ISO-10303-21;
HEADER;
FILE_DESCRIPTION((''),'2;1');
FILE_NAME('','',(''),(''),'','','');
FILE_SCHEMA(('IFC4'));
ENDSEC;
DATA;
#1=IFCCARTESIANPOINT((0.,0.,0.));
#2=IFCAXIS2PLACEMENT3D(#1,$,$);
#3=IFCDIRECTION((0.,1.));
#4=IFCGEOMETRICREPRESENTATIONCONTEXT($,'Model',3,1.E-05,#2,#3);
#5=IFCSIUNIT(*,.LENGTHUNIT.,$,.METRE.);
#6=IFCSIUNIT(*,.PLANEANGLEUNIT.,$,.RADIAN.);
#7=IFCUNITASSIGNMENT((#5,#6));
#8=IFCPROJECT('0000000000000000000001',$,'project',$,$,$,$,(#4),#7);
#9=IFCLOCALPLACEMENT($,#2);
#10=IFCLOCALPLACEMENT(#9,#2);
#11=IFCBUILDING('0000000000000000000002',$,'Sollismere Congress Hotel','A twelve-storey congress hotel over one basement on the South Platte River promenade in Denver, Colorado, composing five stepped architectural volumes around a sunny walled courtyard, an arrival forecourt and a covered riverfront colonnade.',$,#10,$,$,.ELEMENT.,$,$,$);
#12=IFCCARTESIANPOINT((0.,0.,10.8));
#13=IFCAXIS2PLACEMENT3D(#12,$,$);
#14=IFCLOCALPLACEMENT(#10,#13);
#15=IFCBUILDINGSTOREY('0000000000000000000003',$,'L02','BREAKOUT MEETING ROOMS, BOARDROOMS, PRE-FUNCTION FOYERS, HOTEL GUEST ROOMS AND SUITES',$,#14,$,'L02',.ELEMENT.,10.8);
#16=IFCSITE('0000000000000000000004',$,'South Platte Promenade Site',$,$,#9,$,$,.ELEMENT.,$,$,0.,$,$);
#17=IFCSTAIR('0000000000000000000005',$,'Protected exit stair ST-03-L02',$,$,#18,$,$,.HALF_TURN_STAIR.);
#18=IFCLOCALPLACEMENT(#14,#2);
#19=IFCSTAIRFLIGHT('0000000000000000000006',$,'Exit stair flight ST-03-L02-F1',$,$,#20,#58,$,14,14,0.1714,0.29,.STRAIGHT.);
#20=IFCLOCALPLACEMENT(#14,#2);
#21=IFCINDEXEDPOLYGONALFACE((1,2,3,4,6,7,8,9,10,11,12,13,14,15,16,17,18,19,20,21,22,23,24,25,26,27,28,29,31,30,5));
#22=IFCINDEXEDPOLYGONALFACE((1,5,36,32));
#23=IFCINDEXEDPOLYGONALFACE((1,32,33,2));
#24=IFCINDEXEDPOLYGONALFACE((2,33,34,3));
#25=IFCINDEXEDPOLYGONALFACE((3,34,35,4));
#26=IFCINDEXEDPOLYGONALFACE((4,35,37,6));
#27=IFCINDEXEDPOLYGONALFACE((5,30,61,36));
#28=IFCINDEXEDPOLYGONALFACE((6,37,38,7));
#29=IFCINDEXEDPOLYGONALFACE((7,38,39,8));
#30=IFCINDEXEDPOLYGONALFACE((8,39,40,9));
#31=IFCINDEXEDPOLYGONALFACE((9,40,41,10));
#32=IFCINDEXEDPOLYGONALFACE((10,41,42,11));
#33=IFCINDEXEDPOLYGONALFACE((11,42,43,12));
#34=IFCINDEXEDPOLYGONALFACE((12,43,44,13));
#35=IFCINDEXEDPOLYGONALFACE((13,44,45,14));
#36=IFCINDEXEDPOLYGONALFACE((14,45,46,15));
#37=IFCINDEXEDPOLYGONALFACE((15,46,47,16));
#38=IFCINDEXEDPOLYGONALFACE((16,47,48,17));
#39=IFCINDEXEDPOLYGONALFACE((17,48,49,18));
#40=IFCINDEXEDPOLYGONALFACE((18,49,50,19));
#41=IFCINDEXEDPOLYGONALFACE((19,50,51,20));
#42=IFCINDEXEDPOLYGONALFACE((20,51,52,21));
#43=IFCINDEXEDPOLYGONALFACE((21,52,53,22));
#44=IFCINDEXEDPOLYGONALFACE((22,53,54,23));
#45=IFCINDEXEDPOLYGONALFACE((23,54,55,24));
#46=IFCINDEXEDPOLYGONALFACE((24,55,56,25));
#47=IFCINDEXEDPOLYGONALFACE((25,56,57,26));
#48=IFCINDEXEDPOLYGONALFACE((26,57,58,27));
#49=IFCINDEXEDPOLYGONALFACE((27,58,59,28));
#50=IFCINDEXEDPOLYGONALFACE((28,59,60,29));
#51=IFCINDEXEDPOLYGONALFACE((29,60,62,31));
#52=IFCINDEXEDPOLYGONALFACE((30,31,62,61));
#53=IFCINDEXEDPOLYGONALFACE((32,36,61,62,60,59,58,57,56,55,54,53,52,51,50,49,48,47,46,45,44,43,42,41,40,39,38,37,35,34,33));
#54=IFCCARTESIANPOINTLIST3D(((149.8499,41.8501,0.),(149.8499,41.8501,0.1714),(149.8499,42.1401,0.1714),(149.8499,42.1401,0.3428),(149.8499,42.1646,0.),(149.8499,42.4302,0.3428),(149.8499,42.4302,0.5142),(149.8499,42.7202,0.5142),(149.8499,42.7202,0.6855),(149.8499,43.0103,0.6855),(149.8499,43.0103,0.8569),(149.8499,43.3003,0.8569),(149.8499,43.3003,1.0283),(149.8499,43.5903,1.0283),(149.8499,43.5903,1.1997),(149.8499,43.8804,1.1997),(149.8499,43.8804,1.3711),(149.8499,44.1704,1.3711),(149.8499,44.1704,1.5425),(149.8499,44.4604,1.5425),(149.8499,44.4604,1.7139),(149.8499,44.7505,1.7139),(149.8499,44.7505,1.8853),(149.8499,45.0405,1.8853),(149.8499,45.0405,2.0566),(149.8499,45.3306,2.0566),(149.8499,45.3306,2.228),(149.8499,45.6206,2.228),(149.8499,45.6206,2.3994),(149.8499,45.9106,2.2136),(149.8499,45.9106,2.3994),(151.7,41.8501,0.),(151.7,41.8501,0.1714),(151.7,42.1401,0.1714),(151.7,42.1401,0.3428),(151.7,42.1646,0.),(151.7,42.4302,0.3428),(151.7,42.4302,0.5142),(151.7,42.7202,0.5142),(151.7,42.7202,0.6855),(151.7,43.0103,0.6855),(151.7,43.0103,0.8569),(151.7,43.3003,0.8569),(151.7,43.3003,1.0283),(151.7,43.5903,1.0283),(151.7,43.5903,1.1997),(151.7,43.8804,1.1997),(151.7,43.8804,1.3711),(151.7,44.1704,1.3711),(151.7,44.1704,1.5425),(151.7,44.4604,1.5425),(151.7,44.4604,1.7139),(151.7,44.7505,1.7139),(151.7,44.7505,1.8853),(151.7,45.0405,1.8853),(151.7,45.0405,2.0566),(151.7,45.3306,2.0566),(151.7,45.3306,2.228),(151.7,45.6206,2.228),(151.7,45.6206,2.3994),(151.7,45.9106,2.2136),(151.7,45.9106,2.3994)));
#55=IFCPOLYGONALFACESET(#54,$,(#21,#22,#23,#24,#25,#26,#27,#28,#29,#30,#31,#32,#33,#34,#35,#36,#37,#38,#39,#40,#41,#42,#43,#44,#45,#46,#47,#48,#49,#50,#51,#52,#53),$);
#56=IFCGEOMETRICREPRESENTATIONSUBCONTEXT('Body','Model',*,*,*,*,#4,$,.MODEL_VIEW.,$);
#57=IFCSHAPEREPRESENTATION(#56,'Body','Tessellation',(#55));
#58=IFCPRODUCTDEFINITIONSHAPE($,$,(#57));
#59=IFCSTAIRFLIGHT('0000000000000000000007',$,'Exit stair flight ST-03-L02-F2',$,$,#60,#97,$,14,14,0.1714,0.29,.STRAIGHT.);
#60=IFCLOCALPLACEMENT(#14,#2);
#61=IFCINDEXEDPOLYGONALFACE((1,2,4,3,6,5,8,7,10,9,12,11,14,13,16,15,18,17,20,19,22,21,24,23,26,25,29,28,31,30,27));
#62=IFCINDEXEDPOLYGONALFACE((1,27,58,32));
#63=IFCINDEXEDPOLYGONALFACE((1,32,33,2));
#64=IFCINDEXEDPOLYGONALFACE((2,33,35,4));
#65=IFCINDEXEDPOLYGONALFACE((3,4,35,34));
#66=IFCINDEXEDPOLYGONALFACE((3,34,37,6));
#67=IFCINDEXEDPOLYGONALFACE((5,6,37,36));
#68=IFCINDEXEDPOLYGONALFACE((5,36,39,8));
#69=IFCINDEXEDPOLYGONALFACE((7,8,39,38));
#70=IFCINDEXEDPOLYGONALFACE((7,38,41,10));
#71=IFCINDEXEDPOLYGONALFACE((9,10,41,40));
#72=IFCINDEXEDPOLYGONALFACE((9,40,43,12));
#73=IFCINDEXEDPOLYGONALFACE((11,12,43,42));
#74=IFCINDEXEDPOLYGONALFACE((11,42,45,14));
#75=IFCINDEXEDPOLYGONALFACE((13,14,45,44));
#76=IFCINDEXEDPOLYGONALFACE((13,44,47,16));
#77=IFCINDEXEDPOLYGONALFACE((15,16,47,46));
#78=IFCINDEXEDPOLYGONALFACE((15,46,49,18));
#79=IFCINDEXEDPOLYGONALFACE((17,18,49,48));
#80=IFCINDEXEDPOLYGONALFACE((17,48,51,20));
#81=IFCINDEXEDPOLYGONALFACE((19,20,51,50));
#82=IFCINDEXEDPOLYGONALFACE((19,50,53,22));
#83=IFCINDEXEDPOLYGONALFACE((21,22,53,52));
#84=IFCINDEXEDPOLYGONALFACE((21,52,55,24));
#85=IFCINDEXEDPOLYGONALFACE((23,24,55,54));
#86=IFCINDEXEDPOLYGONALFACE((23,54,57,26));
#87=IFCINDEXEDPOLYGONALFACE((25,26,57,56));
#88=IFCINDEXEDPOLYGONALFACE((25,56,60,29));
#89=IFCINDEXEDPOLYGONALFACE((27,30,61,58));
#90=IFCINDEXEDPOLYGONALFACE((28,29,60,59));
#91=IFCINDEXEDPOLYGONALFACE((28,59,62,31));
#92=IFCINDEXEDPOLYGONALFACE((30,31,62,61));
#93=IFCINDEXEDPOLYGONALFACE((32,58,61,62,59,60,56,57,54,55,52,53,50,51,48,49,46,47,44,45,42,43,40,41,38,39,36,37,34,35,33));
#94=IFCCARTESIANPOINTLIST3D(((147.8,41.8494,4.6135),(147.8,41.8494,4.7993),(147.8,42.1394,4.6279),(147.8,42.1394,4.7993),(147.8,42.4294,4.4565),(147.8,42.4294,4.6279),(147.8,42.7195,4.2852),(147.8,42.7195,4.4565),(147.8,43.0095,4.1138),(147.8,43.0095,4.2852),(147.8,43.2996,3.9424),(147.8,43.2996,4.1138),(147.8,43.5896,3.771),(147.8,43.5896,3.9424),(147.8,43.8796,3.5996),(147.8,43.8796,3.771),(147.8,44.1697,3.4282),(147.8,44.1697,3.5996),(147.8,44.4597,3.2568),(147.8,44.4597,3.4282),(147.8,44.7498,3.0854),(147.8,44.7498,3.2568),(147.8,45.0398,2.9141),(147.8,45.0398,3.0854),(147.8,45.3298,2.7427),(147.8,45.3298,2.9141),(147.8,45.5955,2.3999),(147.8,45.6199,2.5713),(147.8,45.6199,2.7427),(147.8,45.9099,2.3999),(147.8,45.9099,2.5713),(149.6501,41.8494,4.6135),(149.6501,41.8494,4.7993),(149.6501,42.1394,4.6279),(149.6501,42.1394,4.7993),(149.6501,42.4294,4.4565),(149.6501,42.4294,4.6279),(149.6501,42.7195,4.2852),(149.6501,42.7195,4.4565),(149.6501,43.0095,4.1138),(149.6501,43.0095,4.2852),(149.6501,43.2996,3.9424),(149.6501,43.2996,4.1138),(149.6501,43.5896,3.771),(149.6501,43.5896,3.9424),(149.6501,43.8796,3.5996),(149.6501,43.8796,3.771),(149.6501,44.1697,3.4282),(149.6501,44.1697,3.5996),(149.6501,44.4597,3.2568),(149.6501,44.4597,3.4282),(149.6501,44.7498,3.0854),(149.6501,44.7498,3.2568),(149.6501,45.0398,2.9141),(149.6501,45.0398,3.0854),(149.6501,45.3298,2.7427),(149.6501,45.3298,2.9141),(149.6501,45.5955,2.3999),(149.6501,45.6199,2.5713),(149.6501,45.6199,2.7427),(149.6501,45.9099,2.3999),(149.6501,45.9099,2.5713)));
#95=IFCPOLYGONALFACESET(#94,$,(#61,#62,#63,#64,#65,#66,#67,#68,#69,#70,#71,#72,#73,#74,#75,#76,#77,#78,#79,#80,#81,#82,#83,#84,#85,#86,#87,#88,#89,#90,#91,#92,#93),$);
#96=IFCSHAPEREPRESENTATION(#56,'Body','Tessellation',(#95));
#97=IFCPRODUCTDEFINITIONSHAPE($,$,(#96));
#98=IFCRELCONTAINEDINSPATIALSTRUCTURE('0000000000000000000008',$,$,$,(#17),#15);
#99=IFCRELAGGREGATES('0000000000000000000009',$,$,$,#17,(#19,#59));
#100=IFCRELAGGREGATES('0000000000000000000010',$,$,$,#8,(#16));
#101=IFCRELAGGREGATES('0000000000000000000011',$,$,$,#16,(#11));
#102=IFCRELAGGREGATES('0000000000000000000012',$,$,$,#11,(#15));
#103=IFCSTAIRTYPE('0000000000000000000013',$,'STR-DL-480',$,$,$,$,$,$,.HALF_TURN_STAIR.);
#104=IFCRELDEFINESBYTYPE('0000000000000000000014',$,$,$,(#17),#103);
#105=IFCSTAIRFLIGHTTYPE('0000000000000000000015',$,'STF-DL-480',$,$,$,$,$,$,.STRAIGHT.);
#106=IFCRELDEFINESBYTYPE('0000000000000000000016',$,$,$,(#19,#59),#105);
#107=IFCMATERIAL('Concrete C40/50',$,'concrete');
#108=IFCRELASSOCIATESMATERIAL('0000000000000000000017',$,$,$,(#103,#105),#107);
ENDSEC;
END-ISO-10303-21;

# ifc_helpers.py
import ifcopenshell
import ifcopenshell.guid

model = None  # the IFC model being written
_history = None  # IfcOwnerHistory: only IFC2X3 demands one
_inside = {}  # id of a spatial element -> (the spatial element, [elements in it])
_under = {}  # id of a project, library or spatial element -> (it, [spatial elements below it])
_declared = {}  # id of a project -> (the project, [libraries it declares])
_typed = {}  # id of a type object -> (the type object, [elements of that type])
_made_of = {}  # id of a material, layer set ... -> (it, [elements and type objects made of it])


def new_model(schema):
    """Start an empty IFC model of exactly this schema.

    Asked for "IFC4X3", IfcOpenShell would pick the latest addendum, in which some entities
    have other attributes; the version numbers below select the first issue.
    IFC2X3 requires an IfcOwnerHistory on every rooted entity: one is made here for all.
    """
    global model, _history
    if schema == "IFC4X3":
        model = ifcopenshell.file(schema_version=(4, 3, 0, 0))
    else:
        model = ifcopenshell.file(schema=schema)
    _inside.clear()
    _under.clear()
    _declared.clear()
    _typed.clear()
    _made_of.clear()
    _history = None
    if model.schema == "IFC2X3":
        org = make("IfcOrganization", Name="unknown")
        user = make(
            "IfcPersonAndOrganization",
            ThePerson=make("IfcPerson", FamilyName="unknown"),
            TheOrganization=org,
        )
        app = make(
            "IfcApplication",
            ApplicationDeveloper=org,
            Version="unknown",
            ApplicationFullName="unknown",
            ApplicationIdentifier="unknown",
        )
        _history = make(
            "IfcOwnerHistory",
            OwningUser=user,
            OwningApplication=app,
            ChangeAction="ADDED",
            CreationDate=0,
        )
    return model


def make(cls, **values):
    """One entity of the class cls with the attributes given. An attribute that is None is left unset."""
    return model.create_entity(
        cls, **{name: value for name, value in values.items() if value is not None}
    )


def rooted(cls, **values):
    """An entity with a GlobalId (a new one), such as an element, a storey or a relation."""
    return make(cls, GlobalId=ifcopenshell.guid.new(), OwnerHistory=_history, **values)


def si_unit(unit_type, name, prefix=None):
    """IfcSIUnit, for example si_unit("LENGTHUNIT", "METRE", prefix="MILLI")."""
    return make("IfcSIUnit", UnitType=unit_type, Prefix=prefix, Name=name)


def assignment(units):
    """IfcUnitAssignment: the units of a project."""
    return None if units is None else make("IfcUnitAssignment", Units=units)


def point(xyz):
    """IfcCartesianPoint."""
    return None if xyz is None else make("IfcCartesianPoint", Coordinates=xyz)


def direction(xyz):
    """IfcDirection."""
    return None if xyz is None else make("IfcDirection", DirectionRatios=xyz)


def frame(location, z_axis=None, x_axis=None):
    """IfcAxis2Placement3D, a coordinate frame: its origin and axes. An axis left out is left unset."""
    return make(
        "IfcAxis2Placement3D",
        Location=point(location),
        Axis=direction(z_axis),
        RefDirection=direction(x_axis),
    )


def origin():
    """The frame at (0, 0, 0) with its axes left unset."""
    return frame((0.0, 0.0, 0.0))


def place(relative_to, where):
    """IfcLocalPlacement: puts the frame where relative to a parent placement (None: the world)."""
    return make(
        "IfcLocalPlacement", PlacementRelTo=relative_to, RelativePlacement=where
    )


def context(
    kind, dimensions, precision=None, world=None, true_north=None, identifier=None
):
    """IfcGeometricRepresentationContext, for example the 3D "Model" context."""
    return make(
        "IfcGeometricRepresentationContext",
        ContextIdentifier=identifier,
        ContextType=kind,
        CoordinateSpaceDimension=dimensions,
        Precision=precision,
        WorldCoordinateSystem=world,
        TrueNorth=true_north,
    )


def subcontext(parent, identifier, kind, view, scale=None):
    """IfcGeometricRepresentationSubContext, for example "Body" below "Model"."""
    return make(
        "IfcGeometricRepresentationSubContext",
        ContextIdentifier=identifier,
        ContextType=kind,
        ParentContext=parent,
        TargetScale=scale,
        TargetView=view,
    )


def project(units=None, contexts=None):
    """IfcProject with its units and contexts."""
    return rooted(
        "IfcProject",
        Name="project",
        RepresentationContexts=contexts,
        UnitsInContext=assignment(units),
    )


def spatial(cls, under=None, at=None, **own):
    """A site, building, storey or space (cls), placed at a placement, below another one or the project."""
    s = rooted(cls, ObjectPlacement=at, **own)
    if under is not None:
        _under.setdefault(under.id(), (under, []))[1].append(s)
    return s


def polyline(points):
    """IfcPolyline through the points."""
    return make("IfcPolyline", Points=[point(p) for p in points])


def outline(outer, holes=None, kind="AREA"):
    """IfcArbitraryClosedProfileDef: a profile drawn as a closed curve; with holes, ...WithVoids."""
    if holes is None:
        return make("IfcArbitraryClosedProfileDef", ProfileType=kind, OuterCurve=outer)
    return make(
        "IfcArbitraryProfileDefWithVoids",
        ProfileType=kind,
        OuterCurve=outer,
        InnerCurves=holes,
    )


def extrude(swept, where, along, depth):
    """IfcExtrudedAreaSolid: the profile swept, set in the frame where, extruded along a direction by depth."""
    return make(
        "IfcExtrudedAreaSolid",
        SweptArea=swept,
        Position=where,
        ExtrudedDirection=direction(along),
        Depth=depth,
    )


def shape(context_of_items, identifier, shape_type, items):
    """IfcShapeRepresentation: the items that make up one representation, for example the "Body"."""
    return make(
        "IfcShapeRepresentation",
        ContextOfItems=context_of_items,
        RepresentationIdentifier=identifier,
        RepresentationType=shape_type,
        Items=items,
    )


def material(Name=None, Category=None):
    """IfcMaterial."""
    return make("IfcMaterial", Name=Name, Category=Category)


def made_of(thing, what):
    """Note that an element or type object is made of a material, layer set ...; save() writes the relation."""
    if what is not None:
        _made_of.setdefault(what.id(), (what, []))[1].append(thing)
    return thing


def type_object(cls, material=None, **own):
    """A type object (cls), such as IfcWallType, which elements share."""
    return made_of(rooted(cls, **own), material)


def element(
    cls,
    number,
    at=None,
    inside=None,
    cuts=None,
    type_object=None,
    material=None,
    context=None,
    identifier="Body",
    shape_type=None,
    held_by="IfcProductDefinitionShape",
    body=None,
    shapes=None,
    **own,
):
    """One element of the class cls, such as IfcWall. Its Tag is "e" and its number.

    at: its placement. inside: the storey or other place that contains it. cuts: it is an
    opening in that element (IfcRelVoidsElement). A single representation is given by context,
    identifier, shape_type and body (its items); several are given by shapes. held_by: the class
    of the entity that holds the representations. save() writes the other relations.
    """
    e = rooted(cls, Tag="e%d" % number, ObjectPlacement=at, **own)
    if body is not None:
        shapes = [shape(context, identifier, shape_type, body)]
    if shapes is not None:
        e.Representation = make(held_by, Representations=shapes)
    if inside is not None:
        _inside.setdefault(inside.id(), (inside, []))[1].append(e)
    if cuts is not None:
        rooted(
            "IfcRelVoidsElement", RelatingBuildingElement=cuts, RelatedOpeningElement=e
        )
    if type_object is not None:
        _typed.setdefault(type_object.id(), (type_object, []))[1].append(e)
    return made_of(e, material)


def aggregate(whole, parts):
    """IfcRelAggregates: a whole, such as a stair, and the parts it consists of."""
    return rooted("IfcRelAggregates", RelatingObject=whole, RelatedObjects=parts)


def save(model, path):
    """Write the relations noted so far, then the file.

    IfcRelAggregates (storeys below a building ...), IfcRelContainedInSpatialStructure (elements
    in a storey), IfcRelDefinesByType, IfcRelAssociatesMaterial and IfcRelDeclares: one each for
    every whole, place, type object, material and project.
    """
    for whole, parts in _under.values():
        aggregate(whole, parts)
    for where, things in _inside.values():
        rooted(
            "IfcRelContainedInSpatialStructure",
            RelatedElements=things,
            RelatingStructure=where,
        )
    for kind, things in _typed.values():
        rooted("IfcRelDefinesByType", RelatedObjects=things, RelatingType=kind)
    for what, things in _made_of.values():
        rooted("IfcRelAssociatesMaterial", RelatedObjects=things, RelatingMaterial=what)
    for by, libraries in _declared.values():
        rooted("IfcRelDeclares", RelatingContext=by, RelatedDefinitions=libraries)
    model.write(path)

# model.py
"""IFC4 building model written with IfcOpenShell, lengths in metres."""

from ifc_helpers import new_model, si_unit, direction, frame, origin, place, context, subcontext, project, spatial, polyline, outline, extrude, material, type_object, element, aggregate, save


model = new_model("IFC4")

# Units and contexts
model_context = context("Model", 3, precision=1e-05, world=origin(), true_north=direction((0.0, 1.0)))
body_context = subcontext(model_context, "Body", "Model", "MODEL_VIEW")
ifc_project = project(units=[si_unit("LENGTHUNIT", "METRE"), si_unit("PLANEANGLEUNIT", "RADIAN")], contexts=[model_context])

# Site, building, storey
site_placement = place(None, origin())
site = spatial("IfcSite", under=ifc_project, at=site_placement, Name="South Platte Promenade Site", CompositionType="ELEMENT", RefElevation=0.0)
building_placement = place(site_placement, origin())
building = spatial("IfcBuilding", under=site, at=building_placement, Name="Sollismere Congress Hotel", Description="A twelve-storey congress hotel over one basement on the South Platte River promenade in Denver, Colorado, composing five stepped architectural volumes around a sunny walled courtyard, an arrival forecourt and a covered riverfront colonnade.", CompositionType="ELEMENT")
storey_placement = place(building_placement, frame((0.0, 0.0, 10.8)))
storey = spatial("IfcBuildingStorey", under=building, at=storey_placement, Name="L02", Description="BREAKOUT MEETING ROOMS, BOARDROOMS, PRE-FUNCTION FOYERS, HOTEL GUEST ROOMS AND SUITES", LongName="L02", CompositionType="ELEMENT", Elevation=10.8)

# Stair, stair flights
ifc_material_1 = material(Name="Concrete C40/50", Category="concrete")
stair_type = type_object("IfcStairType", Name="STR-DL-480", PredefinedType="HALF_TURN_STAIR", material=ifc_material_1)
stair_placement = place(storey_placement, origin())
stair = element("IfcStair", 1, at=stair_placement, inside=storey, type_object=stair_type, Name="Protected exit stair ST-03-L02", PredefinedType="HALF_TURN_STAIR")
stair_flight_type = type_object("IfcStairFlightType", Name="STF-DL-480", PredefinedType="STRAIGHT", material=ifc_material_1)
stair_flight_1_placement = place(storey_placement, frame((150.7749, 41.8501, 0.0), z_axis=(0.0, 0.0, 1.0), x_axis=(0.0, 1.0, 0.0)))
stair_flight_1 = element("IfcStairFlight", 2, at=stair_flight_1_placement, type_object=stair_flight_type, Name="Exit stair flight ST-03-L02-F1", NumberOfRisers=14, NumberOfTreads=14, PredefinedType="STRAIGHT", RiserHeight=0.1714, TreadLength=0.29, context=body_context, shape_type="SweptSolid", body=[
    extrude(outline(polyline([(0.0, 0.0), (0.0, 0.1714), (0.29, 0.1714), (0.29, 0.3428), (0.5801, 0.3428), (0.5801, 0.5142), (0.8701, 0.5142), (0.8701, 0.6855), (1.1602, 0.6855), (1.1602, 0.8569), (1.4502, 0.8569), (1.4502, 1.0283), (1.7402, 1.0283), (1.7402, 1.1997), (2.0303, 1.1997), (2.0303, 1.3711), (2.3203, 1.3711), (2.3203, 1.5425), (2.6104, 1.5425), (2.6104, 1.7139), (2.9004, 1.7139), (2.9004, 1.8853), (3.1904, 1.8853), (3.1904, 2.0566), (3.4805, 2.0566), (3.4805, 2.228), (3.7705, 2.228), (3.7705, 2.3994), (4.0605, 2.3994), (4.0605, 2.2136), (0.3145, 0.0), (0.0, 0.0)])), frame((0.0, 0.925, 0.0), z_axis=(0.0, -1.0, 0.0), x_axis=(1.0, 0.0, 0.0)), (0.0, 0.0, 1.0), 1.8501),
])
stair_flight_2_placement = place(storey_placement, frame((148.7251, 45.9099, 2.3999), z_axis=(0.0, 0.0, 1.0), x_axis=(0.0, -1.0, 0.0)))
stair_flight_2 = element("IfcStairFlight", 3, at=stair_flight_2_placement, type_object=stair_flight_type, Name="Exit stair flight ST-03-L02-F2", NumberOfRisers=14, NumberOfTreads=14, PredefinedType="STRAIGHT", RiserHeight=0.1714, TreadLength=0.29, context=body_context, shape_type="SweptSolid", body=[
    extrude(outline(polyline([(0.0, 0.0), (0.0, 0.1714), (0.29, 0.1714), (0.29, 0.3428), (0.5801, 0.3428), (0.5801, 0.5142), (0.8701, 0.5142), (0.8701, 0.6855), (1.1602, 0.6855), (1.1602, 0.8569), (1.4502, 0.8569), (1.4502, 1.0283), (1.7402, 1.0283), (1.7402, 1.1997), (2.0303, 1.1997), (2.0303, 1.3711), (2.3203, 1.3711), (2.3203, 1.5425), (2.6104, 1.5425), (2.6104, 1.7139), (2.9004, 1.7139), (2.9004, 1.8853), (3.1904, 1.8853), (3.1904, 2.0566), (3.4805, 2.0566), (3.4805, 2.228), (3.7705, 2.228), (3.7705, 2.3994), (4.0605, 2.3994), (4.0605, 2.2136), (0.3145, 0.0), (0.0, 0.0)])), frame((0.0, 0.925, 0.0), z_axis=(0.0, -1.0, 0.0), x_axis=(1.0, 0.0, 0.0)), (0.0, 0.0, 1.0), 1.8501),
])
aggregate(stair, [stair_flight_1, stair_flight_2])

save(model, "model.ifc")
